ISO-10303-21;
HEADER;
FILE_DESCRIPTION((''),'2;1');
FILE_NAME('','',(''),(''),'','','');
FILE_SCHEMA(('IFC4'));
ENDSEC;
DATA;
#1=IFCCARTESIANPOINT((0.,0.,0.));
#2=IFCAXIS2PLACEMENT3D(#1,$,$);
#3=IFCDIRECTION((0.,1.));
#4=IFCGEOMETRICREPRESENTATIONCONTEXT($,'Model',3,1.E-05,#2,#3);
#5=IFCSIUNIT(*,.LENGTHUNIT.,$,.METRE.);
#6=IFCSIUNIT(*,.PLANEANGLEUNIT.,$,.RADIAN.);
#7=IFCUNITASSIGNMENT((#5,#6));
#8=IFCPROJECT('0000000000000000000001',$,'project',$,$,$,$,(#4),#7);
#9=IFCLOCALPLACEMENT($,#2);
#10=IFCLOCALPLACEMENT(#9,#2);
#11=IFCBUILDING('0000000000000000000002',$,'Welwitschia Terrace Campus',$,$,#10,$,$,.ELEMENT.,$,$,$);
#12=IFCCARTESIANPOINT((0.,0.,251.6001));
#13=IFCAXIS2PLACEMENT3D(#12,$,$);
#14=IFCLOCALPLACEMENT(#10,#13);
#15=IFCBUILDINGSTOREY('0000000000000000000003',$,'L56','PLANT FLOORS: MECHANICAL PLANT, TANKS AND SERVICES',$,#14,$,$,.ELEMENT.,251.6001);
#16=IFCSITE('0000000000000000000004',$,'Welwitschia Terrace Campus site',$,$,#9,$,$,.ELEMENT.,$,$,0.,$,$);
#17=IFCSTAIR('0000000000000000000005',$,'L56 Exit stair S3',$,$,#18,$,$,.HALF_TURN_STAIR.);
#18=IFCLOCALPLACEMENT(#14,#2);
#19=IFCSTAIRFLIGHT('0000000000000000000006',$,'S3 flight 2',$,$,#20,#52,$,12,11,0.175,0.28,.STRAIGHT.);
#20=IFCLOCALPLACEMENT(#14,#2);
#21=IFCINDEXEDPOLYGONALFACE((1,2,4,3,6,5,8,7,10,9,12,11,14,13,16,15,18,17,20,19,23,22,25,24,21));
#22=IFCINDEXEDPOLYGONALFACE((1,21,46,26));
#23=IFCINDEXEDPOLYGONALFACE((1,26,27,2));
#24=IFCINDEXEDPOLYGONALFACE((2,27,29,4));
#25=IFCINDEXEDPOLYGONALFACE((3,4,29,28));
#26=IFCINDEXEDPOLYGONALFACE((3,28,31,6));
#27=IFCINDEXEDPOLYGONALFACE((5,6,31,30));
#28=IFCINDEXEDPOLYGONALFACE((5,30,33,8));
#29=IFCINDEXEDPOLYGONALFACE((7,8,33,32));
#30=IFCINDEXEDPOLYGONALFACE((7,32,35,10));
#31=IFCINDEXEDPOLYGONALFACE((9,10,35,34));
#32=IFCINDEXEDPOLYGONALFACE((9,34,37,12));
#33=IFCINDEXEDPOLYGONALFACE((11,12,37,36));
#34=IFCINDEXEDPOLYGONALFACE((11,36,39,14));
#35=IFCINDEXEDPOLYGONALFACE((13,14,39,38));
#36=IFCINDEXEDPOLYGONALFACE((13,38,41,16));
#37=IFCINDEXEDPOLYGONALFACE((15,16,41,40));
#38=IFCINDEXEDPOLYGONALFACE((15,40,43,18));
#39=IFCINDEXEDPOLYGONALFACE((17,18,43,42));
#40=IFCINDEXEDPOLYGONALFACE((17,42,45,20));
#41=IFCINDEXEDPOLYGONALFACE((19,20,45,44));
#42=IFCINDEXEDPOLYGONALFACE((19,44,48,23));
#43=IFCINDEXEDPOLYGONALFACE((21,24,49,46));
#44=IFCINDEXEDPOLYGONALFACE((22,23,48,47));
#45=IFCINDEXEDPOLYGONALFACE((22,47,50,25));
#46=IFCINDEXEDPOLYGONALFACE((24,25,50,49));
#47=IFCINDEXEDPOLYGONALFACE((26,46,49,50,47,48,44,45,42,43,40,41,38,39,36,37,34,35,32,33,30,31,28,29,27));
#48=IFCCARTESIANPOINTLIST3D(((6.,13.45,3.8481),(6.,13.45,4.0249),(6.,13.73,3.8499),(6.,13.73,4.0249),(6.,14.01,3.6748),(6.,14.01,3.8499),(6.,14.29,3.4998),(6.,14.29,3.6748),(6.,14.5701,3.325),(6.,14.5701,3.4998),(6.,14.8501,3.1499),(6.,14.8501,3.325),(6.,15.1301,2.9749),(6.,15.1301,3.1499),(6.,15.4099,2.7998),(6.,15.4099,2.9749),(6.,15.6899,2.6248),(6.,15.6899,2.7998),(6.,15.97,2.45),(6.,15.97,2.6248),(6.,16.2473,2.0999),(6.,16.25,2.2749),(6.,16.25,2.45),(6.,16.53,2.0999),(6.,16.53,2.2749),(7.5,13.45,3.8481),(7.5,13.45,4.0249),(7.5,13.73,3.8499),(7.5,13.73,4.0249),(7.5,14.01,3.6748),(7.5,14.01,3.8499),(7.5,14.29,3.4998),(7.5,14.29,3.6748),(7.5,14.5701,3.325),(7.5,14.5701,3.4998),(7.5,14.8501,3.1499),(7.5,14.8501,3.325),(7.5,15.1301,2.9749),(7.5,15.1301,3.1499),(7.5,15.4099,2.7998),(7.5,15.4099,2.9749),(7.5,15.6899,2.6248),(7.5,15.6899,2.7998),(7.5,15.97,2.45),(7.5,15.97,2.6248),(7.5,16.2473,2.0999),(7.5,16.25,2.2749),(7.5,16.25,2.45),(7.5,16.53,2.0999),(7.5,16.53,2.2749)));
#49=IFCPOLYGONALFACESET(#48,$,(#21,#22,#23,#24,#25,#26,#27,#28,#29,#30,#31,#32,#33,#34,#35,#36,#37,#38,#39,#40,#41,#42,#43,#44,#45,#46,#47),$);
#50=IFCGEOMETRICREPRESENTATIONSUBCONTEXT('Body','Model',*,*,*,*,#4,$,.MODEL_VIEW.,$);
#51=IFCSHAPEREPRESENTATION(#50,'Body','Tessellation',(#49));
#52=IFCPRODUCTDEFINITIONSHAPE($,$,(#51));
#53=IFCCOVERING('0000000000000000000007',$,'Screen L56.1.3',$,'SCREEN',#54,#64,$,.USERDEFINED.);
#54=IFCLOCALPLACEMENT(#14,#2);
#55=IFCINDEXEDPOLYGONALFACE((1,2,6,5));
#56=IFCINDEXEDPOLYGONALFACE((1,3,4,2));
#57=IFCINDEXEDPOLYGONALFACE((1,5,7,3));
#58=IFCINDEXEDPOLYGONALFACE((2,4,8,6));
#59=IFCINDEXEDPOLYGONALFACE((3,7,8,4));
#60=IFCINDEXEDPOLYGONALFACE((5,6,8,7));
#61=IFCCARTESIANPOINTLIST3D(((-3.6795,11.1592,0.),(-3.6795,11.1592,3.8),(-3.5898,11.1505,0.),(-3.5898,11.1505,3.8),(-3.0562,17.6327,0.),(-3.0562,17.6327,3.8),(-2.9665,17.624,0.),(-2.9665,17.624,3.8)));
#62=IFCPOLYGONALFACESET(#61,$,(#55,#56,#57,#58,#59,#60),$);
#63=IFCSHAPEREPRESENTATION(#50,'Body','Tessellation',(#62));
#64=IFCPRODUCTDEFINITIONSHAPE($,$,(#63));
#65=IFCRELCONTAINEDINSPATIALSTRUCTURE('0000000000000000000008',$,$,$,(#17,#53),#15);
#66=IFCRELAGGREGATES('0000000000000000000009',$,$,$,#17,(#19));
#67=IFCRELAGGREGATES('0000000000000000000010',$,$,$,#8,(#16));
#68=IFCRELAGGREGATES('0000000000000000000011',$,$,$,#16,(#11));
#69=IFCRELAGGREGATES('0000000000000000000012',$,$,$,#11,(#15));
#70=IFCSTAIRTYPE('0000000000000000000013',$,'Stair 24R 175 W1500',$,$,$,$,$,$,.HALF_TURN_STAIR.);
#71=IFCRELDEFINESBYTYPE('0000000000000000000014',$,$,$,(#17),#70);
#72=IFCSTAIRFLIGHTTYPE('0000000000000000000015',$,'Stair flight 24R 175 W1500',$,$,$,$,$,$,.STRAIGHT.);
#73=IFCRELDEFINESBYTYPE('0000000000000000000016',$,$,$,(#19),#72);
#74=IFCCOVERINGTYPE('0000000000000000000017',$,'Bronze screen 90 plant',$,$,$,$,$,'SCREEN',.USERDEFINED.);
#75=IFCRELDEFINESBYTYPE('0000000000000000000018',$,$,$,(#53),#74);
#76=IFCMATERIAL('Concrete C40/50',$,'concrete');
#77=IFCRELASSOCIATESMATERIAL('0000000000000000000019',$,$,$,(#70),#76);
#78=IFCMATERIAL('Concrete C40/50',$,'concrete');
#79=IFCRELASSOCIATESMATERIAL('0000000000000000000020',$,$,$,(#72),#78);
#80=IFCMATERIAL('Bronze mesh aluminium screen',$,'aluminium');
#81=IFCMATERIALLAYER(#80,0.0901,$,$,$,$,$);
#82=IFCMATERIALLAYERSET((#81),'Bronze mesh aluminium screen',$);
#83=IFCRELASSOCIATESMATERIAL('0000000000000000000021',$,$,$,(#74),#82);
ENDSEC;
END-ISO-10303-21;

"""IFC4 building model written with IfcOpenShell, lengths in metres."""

from ifc_helpers import new_model, si_unit, direction, frame, origin, origin_2d, place, context, subcontext, project, spatial, polyline, rectangle, outline, extrude, material, layer, layer_set, type_object, element, aggregate, save


model = new_model("IFC4")

# Units and contexts
model_context = context("Model", 3, precision=1e-05, world=origin(), true_north=direction((0.0, 1.0)))
body_context = subcontext(model_context, "Body", "Model", "MODEL_VIEW")
ifc_project = project(units=[si_unit("LENGTHUNIT", "METRE"), si_unit("PLANEANGLEUNIT", "RADIAN")], contexts=[model_context])

# Site, building, storey
site_placement = place(None, origin())
site = spatial("IfcSite", under=ifc_project, at=site_placement, Name="Welwitschia Terrace Campus site", CompositionType="ELEMENT", RefElevation=0.0)
building_placement = place(site_placement, origin())
building = spatial("IfcBuilding", under=site, at=building_placement, Name="Welwitschia Terrace Campus", CompositionType="ELEMENT")
storey_placement = place(building_placement, frame((0.0, 0.0, 251.6001)))
storey = spatial("IfcBuildingStorey", under=building, at=storey_placement, Name="L56", Description="PLANT FLOORS: MECHANICAL PLANT, TANKS AND SERVICES", CompositionType="ELEMENT", Elevation=251.6001)

# Shared definitions
ifc_material_1 = material(Name="Concrete C40/50", Category="concrete")
stair_type = type_object("IfcStairType", Name="Stair 24R 175 W1500", PredefinedType="HALF_TURN_STAIR", material=ifc_material_1)
ifc_material_2 = material(Name="Concrete C40/50", Category="concrete")
stair_flight_type = type_object("IfcStairFlightType", Name="Stair flight 24R 175 W1500", PredefinedType="STRAIGHT", material=ifc_material_2)

# Stair, stair flight
stair_1_placement = place(storey_placement, origin())
stair_1 = element("IfcStair", 1, at=stair_1_placement, inside=storey, type_object=stair_type, Name="L56 Exit stair S3", PredefinedType="HALF_TURN_STAIR")
stair_flight_1_placement = place(storey_placement, frame((6.75, 16.53, 2.0999), z_axis=(0.0, 0.0, 1.0), x_axis=(0.0, -1.0, 0.0)))
stair_flight_1 = element("IfcStairFlight", 2, at=stair_flight_1_placement, type_object=stair_flight_type, Name="S3 flight 2", NumberOfRisers=12, NumberOfTreads=11, PredefinedType="STRAIGHT", RiserHeight=0.175, TreadLength=0.28, context=body_context, shape_type="SweptSolid", body=[
    extrude(outline(polyline([(0.0, 0.0), (0.0, 0.175), (0.28, 0.175), (0.28, 0.3501), (0.5601, 0.3501), (0.5601, 0.5249), (0.8401, 0.5249), (0.8401, 0.7), (1.1201, 0.7), (1.1201, 0.875), (1.3999, 0.875), (1.3999, 1.05), (1.6799, 1.05), (1.6799, 1.2251), (1.96, 1.2251), (1.96, 1.3999), (2.24, 1.3999), (2.24, 1.575), (2.52, 1.575), (2.52, 1.75), (2.8, 1.75), (2.8, 1.925), (3.0801, 1.925), (3.0801, 2.1001), (3.0801, 1.7483), (0.2827, 0.0), (0.0, 0.0)])), frame((0.0, 0.75, 0.0), z_axis=(0.0, -1.0, 0.0), x_axis=(1.0, 0.0, 0.0)), (0.0, 0.0, 1.0), 1.5),
])
aggregate(stair_1, [stair_flight_1])

# Covering
ifc_material_3 = material(Name="Bronze mesh aluminium screen", Category="aluminium")
ifc_layer_1 = layer(ifc_material_3, 0.0901)
ifc_layer_set_1 = layer_set([ifc_layer_1], Name="Bronze mesh aluminium screen")
covering_type = type_object("IfcCoveringType", Name="Bronze screen 90 plant", ElementType="SCREEN", PredefinedType="USERDEFINED", material=ifc_layer_set_1)
covering_placement = place(storey_placement, frame((-3.323, 14.3916, 0.0), z_axis=(0.0, 0.0, 1.0), x_axis=(-0.095846, -0.995396, 0.0)))
element("IfcCovering", 3, at=covering_placement, inside=storey, type_object=covering_type, Name="Screen L56.1.3", ObjectType="SCREEN", PredefinedType="USERDEFINED", context=body_context, shape_type="SweptSolid", body=[
    extrude(rectangle(XDim=6.5034, YDim=0.0901, at=origin_2d()), origin(), (0.0, 0.0, 1.0), 3.8),
])

save(model, "model.ifc")
